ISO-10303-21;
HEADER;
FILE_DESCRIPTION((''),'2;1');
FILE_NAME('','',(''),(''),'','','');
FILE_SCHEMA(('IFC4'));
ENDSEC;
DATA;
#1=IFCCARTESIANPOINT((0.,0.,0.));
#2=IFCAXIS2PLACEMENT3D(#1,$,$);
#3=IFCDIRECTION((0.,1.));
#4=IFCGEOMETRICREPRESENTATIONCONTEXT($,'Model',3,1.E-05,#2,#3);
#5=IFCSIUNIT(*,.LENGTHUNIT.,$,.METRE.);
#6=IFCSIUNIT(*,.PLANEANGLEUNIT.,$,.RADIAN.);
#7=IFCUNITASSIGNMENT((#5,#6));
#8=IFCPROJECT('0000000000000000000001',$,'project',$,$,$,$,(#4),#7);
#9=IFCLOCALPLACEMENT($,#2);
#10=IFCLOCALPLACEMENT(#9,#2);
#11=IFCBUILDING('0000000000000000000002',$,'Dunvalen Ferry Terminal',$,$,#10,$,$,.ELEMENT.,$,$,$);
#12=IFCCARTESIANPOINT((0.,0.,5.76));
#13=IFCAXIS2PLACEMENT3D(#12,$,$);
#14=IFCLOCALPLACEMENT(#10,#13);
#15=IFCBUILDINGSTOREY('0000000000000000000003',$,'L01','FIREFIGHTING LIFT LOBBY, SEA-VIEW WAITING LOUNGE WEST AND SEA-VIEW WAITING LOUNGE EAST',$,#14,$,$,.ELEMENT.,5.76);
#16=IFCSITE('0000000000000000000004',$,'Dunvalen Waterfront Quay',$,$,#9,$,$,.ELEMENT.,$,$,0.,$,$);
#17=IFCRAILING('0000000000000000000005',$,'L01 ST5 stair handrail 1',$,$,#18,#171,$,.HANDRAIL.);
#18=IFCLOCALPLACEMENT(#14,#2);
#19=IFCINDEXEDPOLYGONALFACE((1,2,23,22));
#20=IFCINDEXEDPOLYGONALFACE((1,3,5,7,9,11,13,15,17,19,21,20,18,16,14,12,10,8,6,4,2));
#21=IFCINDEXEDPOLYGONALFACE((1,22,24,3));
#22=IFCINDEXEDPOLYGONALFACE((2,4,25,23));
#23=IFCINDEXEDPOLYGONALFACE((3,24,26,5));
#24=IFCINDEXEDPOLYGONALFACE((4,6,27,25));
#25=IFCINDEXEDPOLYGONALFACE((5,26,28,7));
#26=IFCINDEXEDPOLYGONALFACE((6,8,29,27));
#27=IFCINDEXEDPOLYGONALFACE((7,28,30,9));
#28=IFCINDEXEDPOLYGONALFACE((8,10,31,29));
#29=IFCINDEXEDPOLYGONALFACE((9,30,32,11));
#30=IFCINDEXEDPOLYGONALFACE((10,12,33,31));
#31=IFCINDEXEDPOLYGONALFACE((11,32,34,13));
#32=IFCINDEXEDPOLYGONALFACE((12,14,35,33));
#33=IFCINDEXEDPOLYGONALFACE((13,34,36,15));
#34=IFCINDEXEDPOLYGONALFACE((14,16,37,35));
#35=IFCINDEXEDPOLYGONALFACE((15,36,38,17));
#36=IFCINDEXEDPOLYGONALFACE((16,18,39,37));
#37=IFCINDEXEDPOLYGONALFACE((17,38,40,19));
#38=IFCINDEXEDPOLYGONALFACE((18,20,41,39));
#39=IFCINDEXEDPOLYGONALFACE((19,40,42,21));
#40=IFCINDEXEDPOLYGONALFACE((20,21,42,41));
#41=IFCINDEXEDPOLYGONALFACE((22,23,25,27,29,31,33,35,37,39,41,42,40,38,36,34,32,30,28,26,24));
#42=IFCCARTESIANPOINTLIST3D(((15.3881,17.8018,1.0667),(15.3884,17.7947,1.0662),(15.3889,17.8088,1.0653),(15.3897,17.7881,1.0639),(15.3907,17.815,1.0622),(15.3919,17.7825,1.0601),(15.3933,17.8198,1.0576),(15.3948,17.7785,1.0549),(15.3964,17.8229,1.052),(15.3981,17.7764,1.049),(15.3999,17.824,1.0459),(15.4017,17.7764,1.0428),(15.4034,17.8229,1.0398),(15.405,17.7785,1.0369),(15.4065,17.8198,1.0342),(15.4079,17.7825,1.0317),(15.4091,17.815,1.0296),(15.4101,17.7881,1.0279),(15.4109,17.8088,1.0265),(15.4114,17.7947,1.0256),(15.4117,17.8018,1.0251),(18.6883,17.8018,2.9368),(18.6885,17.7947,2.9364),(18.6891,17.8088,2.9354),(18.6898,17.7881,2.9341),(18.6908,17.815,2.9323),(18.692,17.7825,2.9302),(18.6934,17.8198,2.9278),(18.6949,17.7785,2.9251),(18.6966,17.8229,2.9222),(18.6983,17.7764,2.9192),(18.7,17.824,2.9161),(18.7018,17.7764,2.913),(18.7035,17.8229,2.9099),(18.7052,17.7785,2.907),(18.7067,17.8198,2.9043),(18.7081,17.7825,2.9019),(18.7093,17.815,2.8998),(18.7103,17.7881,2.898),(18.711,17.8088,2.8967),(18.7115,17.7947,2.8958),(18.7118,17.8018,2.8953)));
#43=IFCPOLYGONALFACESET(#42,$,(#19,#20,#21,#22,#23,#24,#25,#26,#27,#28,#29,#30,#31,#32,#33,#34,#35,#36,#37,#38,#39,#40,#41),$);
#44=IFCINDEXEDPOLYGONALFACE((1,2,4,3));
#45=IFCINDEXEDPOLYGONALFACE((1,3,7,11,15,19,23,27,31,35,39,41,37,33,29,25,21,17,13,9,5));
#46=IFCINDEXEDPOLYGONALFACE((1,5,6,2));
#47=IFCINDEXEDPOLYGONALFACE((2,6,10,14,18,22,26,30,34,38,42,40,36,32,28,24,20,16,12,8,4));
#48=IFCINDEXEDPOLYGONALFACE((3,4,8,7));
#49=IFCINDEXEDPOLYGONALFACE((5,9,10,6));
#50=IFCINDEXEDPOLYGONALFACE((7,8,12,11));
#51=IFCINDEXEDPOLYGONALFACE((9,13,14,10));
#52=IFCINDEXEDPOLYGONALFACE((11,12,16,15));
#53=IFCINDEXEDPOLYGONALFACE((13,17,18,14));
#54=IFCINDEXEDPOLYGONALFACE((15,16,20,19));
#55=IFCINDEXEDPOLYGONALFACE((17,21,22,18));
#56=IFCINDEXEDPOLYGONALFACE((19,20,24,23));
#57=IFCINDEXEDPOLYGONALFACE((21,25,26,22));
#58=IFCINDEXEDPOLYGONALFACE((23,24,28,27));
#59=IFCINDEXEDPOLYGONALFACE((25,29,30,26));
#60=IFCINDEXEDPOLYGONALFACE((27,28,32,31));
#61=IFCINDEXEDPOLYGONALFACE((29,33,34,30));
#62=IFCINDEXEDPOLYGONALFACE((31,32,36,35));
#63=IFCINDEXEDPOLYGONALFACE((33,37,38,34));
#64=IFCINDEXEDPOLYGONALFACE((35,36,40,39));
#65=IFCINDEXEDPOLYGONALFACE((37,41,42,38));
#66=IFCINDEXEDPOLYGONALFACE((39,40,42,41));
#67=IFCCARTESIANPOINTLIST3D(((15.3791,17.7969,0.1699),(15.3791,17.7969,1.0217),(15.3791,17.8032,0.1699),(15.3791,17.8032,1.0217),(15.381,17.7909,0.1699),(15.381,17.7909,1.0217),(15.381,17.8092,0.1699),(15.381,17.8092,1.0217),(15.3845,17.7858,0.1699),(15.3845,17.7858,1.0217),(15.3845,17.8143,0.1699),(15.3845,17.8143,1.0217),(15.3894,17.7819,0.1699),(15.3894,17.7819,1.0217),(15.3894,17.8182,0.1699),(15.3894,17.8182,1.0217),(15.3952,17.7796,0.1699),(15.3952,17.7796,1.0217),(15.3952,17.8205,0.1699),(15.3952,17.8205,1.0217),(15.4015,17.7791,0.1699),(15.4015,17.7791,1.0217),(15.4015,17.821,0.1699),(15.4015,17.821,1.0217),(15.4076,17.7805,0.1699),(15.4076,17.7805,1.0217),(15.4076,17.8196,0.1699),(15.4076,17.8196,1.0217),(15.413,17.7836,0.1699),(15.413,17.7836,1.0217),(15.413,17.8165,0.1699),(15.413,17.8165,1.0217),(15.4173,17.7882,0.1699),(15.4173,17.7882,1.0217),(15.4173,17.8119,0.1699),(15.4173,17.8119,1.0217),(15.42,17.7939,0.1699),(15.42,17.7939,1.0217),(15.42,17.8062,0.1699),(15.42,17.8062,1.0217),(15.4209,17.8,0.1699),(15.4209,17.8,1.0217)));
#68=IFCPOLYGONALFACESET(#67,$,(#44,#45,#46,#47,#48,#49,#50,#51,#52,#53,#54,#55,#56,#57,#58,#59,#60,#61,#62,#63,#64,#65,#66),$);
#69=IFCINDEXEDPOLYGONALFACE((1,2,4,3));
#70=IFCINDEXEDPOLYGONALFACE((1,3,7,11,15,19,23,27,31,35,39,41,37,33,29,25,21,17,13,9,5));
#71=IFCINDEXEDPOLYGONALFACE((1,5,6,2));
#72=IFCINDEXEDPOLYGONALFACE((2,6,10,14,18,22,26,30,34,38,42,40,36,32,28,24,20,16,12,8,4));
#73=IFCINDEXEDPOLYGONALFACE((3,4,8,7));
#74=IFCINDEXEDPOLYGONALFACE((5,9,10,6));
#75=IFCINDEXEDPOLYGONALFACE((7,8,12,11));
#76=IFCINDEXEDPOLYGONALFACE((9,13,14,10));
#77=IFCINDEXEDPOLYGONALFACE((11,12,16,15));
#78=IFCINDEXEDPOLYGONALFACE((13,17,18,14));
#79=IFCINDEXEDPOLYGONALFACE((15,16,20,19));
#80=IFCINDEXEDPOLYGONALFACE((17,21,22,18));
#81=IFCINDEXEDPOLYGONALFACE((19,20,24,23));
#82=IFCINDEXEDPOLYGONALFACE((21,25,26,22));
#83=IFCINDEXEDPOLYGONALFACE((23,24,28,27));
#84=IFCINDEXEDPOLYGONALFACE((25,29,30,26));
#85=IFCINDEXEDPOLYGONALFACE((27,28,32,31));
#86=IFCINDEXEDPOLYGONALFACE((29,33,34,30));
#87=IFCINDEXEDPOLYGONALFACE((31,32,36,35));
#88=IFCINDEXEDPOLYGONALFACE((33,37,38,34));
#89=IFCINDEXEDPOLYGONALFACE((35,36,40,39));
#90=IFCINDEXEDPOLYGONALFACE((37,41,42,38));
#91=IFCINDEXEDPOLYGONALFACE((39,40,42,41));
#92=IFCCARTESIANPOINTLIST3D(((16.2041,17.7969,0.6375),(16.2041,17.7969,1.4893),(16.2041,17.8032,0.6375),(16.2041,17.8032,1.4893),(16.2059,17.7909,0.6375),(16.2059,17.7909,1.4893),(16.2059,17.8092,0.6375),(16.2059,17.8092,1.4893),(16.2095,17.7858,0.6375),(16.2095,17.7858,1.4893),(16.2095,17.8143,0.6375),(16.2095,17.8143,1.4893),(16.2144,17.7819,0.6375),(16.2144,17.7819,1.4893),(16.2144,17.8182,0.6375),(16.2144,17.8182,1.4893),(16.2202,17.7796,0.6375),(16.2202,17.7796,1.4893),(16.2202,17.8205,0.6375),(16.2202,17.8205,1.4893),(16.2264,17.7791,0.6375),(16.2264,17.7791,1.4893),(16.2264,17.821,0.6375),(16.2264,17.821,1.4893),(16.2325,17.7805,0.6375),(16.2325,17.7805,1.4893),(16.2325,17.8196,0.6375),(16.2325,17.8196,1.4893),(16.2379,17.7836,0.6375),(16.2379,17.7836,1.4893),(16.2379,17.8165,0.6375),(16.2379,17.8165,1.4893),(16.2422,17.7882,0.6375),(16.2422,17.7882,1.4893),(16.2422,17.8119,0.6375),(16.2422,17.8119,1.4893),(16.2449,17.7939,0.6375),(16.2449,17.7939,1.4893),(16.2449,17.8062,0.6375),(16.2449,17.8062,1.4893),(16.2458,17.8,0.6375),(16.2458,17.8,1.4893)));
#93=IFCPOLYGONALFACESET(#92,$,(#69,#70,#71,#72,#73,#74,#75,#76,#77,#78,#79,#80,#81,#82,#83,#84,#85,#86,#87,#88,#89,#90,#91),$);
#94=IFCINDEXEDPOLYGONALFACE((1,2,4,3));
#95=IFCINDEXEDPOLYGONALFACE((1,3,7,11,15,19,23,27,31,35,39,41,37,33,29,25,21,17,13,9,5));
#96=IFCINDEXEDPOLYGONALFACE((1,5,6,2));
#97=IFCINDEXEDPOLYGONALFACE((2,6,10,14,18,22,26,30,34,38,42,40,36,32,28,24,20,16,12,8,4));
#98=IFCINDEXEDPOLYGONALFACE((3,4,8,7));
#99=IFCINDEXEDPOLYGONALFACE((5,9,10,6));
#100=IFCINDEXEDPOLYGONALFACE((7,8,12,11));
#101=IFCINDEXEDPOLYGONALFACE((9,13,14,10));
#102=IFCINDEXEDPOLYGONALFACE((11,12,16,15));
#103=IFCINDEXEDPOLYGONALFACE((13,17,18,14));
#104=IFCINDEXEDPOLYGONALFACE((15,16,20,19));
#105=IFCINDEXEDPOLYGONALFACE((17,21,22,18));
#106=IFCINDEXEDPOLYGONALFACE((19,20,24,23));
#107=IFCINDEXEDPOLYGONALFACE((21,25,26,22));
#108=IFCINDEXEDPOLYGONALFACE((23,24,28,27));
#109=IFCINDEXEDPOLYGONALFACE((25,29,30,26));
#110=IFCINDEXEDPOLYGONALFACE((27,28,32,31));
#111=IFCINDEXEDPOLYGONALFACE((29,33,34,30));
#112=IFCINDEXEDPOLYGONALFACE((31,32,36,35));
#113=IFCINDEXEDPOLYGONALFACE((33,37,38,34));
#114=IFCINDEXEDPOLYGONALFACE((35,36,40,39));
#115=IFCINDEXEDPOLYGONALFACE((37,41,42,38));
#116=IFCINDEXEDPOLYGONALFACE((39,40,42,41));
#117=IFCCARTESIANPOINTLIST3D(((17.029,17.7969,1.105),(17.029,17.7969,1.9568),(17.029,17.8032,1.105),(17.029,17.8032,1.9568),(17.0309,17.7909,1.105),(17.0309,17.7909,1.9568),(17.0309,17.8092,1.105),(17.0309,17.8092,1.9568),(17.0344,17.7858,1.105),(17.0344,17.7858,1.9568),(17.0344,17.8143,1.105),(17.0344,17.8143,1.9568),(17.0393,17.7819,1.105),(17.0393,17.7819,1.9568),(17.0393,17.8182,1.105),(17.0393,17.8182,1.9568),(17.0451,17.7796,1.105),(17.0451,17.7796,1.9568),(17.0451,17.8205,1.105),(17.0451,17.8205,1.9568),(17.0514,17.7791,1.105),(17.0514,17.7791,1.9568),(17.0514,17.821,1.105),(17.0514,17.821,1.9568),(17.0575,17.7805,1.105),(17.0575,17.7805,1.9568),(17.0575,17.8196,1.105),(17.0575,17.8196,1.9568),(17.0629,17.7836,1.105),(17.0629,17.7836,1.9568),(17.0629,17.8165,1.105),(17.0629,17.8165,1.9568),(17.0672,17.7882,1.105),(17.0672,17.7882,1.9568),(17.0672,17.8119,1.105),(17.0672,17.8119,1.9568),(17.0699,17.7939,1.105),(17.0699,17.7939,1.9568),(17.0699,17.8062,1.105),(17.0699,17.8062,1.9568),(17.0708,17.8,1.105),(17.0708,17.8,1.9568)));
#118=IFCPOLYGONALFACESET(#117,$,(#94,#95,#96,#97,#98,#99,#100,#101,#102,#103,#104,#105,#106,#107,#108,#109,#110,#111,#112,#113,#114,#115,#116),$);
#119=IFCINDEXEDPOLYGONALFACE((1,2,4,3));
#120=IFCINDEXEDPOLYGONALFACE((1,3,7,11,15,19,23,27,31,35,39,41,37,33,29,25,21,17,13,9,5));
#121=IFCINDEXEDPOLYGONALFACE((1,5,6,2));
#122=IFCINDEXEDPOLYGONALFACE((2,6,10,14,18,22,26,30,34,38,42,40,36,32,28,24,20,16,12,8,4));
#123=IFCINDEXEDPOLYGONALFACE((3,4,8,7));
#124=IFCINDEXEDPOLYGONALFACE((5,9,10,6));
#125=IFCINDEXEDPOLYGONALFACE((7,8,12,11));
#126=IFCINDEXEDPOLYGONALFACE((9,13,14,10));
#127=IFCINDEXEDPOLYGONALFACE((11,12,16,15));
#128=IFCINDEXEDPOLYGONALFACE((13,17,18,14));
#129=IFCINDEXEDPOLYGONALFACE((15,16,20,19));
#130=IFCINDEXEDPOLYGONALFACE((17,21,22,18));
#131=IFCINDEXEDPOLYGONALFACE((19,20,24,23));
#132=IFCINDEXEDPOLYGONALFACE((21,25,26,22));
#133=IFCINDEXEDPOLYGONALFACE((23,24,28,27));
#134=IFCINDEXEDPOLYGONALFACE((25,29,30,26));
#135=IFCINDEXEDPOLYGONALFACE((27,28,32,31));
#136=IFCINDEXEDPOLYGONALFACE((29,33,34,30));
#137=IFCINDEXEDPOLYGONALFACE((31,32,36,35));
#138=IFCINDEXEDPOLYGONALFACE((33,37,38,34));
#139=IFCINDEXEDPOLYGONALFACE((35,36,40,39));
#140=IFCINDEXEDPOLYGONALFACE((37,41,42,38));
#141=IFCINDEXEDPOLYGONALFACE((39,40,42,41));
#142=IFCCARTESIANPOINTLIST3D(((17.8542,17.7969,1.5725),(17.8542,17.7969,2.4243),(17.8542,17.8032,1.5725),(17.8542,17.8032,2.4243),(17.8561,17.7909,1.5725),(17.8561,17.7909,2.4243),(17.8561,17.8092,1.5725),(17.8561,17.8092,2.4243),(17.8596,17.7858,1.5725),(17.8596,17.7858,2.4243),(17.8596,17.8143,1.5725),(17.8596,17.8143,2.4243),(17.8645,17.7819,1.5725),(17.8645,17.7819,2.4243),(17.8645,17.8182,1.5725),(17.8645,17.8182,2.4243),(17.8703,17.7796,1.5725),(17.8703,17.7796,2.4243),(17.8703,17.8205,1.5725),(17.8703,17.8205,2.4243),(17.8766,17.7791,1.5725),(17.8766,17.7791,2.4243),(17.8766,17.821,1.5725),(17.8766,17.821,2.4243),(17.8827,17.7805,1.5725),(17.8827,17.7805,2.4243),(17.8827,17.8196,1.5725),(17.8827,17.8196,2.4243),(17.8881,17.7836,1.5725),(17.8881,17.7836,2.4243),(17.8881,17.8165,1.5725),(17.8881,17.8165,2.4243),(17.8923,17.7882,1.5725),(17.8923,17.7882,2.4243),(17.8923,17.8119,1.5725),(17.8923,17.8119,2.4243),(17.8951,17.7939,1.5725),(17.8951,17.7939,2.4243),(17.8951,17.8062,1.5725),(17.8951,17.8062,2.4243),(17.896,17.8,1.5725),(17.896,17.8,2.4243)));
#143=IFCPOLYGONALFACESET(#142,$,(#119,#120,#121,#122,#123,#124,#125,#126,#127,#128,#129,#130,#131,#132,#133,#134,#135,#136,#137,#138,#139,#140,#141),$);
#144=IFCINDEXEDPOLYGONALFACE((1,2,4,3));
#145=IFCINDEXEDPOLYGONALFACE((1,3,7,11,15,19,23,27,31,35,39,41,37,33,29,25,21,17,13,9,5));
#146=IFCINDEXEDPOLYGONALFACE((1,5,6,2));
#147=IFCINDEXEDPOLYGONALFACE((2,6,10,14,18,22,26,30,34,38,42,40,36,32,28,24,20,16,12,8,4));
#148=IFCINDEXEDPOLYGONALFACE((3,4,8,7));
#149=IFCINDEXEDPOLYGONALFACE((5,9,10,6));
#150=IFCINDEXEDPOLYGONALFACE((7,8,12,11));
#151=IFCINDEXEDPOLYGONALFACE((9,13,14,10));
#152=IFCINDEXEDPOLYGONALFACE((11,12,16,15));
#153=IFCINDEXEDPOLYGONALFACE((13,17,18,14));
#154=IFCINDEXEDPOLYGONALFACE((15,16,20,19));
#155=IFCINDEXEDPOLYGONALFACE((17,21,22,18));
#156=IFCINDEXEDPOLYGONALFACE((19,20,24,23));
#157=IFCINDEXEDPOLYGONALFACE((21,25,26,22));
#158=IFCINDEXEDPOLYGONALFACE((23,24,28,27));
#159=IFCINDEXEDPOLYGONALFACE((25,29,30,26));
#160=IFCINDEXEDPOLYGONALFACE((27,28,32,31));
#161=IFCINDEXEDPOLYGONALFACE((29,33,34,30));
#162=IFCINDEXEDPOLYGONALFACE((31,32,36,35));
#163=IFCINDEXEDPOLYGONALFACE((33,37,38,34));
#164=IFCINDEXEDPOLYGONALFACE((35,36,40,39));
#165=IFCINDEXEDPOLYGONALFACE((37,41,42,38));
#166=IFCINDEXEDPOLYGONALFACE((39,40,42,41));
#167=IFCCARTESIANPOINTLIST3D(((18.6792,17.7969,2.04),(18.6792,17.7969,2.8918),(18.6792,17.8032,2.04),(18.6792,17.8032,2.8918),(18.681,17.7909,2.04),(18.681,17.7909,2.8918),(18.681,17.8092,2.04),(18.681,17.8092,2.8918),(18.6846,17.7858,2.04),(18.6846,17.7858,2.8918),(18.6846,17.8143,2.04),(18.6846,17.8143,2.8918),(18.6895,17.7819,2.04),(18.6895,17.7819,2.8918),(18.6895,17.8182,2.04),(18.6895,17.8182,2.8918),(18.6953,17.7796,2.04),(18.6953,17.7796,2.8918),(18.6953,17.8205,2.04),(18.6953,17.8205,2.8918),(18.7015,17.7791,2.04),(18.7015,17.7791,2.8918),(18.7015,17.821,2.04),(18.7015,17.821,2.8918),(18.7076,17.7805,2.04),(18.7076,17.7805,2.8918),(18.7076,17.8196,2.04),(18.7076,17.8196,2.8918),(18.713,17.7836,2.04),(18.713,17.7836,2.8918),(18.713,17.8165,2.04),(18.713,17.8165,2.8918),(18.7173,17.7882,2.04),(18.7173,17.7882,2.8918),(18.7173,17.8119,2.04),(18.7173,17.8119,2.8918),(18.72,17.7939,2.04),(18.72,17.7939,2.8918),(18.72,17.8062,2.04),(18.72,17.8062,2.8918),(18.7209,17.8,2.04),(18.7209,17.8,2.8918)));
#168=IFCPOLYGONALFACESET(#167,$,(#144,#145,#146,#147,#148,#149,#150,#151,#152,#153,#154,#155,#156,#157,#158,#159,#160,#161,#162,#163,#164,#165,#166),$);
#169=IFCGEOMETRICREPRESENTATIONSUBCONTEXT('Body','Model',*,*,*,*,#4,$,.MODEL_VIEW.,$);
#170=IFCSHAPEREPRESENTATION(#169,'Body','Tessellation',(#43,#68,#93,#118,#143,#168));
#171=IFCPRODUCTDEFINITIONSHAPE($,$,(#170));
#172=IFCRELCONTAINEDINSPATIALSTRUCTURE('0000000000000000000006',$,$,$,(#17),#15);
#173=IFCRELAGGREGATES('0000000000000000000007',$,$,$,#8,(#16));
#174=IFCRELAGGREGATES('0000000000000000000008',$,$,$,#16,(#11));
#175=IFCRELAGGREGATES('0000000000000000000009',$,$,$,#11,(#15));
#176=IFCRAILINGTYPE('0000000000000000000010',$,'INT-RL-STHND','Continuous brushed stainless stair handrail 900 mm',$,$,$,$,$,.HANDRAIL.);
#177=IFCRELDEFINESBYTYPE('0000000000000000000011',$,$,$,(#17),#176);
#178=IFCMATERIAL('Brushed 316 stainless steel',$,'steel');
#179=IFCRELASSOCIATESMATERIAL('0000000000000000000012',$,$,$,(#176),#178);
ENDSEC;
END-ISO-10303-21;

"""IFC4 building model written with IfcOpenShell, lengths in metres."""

from ifc_helpers import new_model, si_unit, direction, frame, origin, origin_2d, place, context, subcontext, project, spatial, circle, extrude, material, type_object, element, save


model = new_model("IFC4")

# Units and contexts
model_context = context("Model", 3, precision=1e-05, world=origin(), true_north=direction((0.0, 1.0)))
body_context = subcontext(model_context, "Body", "Model", "MODEL_VIEW")
ifc_project = project(units=[si_unit("LENGTHUNIT", "METRE"), si_unit("PLANEANGLEUNIT", "RADIAN")], contexts=[model_context])

# Site, building, storey
site_placement = place(None, origin())
site = spatial("IfcSite", under=ifc_project, at=site_placement, Name="Dunvalen Waterfront Quay", CompositionType="ELEMENT", RefElevation=0.0)
building_placement = place(site_placement, origin())
building = spatial("IfcBuilding", under=site, at=building_placement, Name="Dunvalen Ferry Terminal", CompositionType="ELEMENT")
storey_placement = place(building_placement, frame((0.0, 0.0, 5.76)))
storey = spatial("IfcBuildingStorey", under=building, at=storey_placement, Name="L01", Description="FIREFIGHTING LIFT LOBBY, SEA-VIEW WAITING LOUNGE WEST AND SEA-VIEW WAITING LOUNGE EAST", CompositionType="ELEMENT", Elevation=5.76)

# Railing
ifc_material_1 = material(Name="Brushed 316 stainless steel", Category="steel")
railing_type_1 = type_object("IfcRailingType", Name="INT-RL-STHND", Description="Continuous brushed stainless stair handrail 900 mm", PredefinedType="HANDRAIL", material=ifc_material_1)
railing_1_placement = place(storey_placement, frame((15.3999, 17.8, 0.1699)))
element("IfcRailing", 1, at=railing_1_placement, inside=storey, type_object=railing_type_1, Name="L01 ST5 stair handrail 1", PredefinedType="HANDRAIL", context=body_context, shape_type="SweptSolid", body=[
    extrude(circle(Radius=0.0239, at=origin_2d()), frame((0.0, 0.0, 0.876), z_axis=(0.870012, 0.0, 0.49303), x_axis=(0.0, 1.0, 0.0)), (0.0, 0.0, 1.0), 3.7932),
    extrude(circle(Radius=0.021, at=origin_2d()), origin(), (0.0, 0.0, 1.0), 0.8518),
    extrude(circle(Radius=0.021, at=origin_2d()), frame((0.825, 0.0, 0.4675)), (0.0, 0.0, 1.0), 0.8518),
    extrude(circle(Radius=0.021, at=origin_2d()), frame((1.6499, 0.0, 0.9351)), (0.0, 0.0, 1.0), 0.8518),
    extrude(circle(Radius=0.021, at=origin_2d()), frame((2.4751, 0.0, 1.4026)), (0.0, 0.0, 1.0), 0.8518),
    extrude(circle(Radius=0.021, at=origin_2d()), frame((3.3, 0.0, 1.8701)), (0.0, 0.0, 1.0), 0.8518),
])

save(model, "model.ifc")
